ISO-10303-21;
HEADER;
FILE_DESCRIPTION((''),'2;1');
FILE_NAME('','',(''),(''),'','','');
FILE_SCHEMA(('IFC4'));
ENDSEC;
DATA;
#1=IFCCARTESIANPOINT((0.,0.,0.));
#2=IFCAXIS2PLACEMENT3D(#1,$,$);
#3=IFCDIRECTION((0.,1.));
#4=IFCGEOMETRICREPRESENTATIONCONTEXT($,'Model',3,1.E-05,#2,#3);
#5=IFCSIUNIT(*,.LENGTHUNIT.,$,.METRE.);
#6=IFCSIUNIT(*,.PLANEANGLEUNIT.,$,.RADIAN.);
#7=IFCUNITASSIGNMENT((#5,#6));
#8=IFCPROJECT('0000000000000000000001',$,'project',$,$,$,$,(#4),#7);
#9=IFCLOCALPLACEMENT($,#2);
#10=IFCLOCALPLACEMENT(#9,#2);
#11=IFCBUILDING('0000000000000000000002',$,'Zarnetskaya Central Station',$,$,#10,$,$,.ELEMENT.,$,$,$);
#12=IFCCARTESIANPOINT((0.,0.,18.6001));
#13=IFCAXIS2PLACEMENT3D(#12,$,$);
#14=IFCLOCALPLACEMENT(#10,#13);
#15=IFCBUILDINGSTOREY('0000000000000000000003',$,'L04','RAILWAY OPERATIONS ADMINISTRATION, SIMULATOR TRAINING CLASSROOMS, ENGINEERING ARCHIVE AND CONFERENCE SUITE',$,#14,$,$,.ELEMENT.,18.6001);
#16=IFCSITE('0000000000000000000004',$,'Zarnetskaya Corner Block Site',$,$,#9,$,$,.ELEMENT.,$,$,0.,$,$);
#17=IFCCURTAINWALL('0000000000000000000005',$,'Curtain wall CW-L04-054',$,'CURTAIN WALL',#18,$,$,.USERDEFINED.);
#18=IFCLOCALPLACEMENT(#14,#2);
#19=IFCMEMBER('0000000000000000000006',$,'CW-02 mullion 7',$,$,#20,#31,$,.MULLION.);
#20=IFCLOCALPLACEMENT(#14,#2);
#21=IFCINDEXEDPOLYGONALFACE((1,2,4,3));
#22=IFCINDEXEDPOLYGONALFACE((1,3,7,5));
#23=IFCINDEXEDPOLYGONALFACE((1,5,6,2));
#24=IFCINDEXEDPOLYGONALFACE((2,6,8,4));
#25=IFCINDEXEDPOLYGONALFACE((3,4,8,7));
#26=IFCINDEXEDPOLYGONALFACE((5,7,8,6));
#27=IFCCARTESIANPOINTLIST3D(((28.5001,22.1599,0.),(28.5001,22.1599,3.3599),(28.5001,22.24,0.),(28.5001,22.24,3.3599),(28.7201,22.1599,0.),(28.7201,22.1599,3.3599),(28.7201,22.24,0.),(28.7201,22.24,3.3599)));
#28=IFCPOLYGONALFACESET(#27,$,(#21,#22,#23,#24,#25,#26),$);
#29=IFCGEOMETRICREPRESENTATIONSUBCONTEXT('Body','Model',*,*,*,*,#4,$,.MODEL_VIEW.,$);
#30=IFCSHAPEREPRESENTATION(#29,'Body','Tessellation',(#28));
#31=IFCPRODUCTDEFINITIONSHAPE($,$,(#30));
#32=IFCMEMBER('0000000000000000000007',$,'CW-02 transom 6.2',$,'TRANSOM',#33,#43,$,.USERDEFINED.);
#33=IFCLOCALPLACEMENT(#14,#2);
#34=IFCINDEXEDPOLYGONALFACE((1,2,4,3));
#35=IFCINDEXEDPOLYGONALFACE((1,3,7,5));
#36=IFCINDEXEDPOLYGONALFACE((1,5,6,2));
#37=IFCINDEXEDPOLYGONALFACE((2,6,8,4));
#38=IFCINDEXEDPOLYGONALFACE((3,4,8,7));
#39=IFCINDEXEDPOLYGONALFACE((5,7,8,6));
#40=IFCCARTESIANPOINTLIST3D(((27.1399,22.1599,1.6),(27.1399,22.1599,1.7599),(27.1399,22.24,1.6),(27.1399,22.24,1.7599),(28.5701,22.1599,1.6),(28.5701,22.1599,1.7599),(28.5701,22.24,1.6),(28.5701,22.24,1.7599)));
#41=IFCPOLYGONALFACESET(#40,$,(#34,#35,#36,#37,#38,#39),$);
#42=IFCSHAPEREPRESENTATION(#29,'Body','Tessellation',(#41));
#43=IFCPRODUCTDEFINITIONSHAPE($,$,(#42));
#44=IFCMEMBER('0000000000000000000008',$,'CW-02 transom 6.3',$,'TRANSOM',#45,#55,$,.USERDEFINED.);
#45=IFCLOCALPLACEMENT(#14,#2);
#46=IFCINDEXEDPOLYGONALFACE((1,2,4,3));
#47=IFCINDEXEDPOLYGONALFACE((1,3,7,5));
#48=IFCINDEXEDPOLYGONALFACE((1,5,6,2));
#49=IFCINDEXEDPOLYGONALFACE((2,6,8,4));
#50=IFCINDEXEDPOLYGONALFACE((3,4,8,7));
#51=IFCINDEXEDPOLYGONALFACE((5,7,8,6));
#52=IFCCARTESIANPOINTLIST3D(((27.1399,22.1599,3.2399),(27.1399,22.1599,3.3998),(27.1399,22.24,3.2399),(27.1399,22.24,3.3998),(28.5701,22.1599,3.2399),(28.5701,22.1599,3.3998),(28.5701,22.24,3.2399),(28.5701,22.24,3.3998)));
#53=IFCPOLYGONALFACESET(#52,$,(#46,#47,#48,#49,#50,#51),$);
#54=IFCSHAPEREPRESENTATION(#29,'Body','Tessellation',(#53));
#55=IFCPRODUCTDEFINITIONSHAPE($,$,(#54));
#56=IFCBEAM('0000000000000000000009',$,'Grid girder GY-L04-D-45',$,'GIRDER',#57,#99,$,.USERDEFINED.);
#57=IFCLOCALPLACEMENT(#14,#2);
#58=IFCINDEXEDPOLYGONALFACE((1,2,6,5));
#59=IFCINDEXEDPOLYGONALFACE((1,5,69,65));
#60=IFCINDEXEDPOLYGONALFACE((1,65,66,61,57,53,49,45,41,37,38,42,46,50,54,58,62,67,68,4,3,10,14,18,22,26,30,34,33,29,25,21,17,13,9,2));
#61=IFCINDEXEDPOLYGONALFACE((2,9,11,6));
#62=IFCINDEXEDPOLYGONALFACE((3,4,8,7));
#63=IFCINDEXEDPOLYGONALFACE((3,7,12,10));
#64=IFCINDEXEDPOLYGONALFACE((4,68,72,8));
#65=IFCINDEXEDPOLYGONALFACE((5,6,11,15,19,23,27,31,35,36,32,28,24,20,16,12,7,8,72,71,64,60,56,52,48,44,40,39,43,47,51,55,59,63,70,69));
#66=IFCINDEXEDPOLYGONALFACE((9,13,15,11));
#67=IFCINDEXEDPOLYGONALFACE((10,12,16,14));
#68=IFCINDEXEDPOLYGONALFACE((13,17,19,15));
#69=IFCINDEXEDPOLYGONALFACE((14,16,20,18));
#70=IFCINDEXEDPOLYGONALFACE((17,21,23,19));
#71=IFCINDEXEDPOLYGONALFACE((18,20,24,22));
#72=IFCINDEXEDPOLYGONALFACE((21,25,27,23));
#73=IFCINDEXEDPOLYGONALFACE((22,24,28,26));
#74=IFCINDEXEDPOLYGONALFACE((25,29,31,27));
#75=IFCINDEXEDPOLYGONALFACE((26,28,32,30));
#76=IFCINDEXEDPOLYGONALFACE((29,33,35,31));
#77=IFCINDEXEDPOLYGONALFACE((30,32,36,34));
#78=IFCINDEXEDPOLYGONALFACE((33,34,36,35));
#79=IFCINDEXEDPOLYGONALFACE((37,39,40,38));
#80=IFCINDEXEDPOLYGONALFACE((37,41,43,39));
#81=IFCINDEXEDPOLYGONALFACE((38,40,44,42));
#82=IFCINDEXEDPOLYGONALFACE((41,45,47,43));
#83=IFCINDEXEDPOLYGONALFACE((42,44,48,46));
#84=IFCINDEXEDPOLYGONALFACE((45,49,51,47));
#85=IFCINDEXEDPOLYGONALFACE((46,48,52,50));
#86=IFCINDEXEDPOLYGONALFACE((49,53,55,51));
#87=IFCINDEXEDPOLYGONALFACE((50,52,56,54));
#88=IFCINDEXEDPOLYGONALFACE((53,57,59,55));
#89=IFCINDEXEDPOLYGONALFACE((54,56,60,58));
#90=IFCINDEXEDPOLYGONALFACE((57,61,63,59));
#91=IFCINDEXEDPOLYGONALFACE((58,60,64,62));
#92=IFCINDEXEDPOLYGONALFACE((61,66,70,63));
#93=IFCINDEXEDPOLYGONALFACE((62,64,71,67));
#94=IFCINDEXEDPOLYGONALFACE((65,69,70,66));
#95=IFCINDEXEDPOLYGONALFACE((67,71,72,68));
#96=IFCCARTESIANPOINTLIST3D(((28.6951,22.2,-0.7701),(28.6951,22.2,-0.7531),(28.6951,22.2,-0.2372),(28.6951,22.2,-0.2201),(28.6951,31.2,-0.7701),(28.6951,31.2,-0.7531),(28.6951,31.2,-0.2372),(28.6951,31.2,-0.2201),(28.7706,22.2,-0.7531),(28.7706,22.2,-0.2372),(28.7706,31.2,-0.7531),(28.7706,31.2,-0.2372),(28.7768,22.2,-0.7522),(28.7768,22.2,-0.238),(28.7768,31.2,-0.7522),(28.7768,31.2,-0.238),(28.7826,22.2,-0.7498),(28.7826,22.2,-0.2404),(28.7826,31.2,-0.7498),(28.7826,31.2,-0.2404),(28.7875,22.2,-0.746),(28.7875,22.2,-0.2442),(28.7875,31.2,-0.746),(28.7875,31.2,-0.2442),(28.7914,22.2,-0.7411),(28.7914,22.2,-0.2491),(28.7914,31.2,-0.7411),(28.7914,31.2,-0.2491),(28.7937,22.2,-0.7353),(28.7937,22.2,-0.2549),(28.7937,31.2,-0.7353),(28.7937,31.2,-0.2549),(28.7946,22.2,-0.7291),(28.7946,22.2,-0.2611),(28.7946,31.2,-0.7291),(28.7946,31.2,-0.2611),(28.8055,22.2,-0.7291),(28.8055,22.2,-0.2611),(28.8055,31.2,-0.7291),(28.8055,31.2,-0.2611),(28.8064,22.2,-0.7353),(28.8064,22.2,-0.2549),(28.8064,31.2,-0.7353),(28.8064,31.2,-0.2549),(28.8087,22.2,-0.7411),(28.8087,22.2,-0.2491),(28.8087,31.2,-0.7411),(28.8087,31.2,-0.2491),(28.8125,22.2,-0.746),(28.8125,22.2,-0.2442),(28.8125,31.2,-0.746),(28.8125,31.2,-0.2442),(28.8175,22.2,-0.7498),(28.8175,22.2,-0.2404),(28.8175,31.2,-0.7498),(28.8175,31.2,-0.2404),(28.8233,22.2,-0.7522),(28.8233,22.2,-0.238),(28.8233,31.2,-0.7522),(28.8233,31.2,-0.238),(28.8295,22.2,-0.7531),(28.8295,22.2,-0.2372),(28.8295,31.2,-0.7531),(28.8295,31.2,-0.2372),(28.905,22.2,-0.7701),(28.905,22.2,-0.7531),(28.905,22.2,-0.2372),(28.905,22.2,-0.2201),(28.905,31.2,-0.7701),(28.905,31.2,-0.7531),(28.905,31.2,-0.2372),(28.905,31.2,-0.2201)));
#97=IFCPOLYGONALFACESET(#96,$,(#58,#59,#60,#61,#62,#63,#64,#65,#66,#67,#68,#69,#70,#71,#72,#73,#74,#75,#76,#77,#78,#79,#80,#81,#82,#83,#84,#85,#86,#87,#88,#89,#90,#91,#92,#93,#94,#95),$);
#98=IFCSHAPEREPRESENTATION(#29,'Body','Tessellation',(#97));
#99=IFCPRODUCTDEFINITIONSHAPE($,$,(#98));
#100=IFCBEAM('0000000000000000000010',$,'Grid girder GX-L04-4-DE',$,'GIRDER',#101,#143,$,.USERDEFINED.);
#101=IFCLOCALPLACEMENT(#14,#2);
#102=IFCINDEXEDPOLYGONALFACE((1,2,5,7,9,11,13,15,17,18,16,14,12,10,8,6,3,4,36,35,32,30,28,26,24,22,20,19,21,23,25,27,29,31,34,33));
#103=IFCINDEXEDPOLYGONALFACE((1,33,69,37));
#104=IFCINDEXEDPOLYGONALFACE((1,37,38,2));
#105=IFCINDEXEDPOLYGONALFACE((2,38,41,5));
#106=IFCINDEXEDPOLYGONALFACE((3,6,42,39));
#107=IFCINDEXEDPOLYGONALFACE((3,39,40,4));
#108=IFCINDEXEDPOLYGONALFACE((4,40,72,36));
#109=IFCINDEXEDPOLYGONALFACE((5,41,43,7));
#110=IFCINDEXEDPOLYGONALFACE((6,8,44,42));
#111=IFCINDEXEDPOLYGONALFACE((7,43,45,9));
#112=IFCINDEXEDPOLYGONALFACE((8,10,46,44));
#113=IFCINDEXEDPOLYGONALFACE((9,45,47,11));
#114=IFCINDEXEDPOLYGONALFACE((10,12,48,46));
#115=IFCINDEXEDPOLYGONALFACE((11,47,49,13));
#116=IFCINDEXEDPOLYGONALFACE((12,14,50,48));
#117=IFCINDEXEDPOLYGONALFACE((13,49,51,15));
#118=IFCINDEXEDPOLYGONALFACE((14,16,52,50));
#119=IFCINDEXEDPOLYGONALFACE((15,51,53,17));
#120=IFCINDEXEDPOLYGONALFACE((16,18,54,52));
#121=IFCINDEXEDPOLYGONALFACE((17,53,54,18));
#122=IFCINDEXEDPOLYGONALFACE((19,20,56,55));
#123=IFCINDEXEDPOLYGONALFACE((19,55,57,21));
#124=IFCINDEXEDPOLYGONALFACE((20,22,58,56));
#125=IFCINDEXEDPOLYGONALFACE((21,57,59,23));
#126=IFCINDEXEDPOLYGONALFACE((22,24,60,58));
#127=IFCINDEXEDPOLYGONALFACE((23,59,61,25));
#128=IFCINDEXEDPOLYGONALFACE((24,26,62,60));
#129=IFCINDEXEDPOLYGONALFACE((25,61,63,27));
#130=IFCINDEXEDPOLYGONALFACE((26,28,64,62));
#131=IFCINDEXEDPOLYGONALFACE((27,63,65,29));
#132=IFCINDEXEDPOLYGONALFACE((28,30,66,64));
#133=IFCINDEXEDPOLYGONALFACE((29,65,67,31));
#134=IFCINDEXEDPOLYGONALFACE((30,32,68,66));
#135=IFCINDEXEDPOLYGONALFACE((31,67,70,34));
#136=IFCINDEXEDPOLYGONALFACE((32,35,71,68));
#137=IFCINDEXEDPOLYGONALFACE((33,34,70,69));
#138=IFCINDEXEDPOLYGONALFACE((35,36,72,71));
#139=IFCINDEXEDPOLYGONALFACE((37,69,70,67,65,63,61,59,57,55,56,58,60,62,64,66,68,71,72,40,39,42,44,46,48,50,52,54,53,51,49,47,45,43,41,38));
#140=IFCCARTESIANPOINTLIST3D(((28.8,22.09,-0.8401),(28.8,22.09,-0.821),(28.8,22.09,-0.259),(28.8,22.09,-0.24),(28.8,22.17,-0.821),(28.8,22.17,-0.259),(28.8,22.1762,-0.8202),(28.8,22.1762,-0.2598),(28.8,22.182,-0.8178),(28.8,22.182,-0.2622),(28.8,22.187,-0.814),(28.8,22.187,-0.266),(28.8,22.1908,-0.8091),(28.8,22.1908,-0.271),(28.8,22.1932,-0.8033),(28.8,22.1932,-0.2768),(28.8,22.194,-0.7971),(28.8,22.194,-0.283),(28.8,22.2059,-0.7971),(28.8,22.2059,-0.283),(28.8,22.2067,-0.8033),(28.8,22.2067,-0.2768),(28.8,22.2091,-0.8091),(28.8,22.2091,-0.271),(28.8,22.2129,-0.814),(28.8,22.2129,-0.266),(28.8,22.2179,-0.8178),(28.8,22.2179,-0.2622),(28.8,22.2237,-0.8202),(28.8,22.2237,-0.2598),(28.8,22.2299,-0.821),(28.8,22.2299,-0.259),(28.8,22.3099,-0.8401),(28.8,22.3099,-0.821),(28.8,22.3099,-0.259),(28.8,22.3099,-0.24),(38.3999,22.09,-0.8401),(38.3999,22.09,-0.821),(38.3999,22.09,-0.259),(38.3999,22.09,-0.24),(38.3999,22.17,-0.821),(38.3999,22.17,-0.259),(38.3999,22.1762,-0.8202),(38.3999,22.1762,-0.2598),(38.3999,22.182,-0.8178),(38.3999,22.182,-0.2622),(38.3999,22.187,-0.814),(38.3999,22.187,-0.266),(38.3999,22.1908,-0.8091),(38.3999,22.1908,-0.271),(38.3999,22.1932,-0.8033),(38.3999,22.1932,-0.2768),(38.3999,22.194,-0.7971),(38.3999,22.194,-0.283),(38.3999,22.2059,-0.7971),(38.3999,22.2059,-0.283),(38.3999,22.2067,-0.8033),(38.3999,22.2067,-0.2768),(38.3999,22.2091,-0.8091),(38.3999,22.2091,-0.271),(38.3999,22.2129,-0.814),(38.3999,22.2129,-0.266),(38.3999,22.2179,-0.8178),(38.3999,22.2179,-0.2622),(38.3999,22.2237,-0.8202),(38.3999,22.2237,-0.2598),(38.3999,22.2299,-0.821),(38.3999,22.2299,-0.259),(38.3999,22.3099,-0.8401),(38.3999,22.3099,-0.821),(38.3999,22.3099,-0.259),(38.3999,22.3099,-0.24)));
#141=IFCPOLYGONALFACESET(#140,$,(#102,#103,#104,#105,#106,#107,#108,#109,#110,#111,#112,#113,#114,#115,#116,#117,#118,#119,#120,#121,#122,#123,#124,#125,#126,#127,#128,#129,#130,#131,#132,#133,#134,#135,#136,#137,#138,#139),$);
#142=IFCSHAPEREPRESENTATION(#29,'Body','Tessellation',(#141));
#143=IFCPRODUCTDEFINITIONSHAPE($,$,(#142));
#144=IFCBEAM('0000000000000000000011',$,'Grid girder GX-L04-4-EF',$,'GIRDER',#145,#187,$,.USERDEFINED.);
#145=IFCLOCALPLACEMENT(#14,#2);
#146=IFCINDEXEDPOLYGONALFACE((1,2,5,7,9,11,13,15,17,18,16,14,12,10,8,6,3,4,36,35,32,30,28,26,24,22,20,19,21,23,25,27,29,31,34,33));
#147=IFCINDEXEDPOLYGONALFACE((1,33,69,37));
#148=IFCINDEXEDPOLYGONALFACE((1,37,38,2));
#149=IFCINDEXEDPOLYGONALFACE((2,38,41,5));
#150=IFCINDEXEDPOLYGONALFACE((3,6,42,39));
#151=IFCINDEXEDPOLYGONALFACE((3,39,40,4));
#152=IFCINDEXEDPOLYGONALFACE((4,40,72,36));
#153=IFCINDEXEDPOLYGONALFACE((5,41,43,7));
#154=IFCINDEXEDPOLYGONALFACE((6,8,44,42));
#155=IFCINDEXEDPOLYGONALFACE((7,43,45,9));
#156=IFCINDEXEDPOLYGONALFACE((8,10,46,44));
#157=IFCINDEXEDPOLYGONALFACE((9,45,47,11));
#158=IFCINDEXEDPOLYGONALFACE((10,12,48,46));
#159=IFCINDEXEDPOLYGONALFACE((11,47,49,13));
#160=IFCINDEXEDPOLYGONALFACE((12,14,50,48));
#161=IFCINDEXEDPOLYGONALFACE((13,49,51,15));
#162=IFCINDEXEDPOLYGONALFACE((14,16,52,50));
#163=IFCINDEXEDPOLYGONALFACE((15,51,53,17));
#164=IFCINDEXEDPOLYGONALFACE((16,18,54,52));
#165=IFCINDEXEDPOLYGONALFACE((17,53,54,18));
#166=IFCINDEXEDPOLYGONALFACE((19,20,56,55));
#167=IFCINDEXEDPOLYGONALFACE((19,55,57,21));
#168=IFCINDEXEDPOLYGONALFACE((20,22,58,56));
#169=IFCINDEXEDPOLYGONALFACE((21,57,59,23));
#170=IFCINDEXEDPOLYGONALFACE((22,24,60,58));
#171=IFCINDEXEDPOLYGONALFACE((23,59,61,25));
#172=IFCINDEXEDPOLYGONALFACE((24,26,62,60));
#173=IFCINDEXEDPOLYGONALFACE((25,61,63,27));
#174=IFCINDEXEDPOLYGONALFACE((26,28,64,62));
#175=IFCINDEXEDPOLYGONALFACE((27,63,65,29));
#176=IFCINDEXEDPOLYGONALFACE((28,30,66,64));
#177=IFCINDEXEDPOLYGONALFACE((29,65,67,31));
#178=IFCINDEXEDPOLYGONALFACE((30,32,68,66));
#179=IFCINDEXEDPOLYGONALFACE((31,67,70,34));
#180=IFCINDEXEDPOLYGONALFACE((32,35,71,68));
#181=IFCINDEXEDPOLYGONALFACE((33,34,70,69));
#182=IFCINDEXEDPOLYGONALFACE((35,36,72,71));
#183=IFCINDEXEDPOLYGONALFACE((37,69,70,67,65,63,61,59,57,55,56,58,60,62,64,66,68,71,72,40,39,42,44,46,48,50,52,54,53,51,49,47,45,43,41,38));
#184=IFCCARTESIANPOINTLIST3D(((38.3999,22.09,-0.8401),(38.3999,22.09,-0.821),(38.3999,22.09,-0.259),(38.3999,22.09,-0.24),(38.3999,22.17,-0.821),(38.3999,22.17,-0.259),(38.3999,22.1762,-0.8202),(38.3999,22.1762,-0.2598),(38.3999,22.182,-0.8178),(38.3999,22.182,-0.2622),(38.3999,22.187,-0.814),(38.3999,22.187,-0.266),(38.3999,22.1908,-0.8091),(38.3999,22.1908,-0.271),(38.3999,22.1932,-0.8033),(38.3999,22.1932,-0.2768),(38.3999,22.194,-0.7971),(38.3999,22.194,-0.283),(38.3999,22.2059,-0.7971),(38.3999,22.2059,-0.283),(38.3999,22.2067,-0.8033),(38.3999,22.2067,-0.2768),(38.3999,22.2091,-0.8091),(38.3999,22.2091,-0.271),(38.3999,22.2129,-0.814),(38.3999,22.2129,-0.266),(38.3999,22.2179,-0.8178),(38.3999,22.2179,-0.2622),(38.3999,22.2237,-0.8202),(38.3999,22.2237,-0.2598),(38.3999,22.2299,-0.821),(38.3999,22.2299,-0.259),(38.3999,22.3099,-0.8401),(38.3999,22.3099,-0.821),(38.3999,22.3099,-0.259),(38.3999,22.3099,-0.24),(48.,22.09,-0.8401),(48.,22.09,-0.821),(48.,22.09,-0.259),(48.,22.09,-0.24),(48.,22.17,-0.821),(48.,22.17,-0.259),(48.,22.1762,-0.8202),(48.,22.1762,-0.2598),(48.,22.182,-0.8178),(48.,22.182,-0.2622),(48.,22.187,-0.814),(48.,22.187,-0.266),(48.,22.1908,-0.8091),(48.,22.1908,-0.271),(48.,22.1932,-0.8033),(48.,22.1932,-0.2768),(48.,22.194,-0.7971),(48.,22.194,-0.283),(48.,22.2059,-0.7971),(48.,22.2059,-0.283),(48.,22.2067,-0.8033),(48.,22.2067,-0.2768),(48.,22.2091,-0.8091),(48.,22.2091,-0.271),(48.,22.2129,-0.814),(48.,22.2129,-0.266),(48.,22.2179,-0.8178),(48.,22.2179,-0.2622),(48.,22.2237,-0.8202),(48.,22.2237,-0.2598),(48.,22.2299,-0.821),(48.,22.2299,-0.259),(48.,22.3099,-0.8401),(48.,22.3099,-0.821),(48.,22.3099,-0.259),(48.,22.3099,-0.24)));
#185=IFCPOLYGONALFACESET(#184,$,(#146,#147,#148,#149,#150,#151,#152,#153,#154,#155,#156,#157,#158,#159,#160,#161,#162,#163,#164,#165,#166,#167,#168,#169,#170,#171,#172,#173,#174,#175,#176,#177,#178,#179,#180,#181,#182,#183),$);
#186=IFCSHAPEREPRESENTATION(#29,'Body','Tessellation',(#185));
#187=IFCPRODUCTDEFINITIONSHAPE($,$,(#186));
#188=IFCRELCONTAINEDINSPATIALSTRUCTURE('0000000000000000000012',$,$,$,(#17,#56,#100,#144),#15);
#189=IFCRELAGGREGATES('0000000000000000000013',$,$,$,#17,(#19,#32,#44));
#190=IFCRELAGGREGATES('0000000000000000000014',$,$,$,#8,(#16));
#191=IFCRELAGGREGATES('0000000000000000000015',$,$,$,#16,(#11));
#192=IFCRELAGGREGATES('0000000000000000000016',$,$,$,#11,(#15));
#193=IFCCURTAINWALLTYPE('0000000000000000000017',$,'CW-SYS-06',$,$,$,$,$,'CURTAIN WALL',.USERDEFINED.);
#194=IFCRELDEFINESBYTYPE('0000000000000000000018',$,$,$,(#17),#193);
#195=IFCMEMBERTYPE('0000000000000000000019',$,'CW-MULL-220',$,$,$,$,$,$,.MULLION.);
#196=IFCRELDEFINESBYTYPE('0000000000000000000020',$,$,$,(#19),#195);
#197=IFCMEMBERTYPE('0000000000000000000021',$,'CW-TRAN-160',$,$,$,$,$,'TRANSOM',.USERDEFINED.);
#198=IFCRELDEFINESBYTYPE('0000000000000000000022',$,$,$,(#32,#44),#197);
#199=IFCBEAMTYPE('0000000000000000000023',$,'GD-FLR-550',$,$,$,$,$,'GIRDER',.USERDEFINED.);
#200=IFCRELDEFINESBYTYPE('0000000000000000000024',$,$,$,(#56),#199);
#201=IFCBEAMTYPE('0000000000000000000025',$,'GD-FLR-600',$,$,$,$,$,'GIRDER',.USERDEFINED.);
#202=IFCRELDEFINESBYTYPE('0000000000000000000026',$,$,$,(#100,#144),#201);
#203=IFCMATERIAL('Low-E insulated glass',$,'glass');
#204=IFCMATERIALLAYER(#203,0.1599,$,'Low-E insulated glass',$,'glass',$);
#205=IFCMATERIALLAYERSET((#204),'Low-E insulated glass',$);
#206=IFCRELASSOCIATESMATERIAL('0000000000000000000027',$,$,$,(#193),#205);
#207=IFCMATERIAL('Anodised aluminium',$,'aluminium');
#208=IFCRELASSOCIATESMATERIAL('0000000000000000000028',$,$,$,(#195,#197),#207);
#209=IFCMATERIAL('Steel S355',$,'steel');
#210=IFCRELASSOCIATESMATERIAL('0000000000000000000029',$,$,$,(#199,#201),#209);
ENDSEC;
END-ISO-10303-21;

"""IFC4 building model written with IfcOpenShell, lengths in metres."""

from ifc_helpers import new_model, si_unit, direction, frame, origin, origin_2d, place, context, subcontext, project, spatial, rectangle, i_section, extrude, material, layer, layer_set, material_profile, profile_set, type_object, element, aggregate, save


model = new_model("IFC4")

# Units and contexts
model_context = context("Model", 3, precision=1e-05, world=origin(), true_north=direction((0.0, 1.0)))
body_context = subcontext(model_context, "Body", "Model", "MODEL_VIEW")
ifc_project = project(units=[si_unit("LENGTHUNIT", "METRE"), si_unit("PLANEANGLEUNIT", "RADIAN")], contexts=[model_context])

# Site, building, storey
site_placement = place(None, origin())
site = spatial("IfcSite", under=ifc_project, at=site_placement, Name="Zarnetskaya Corner Block Site", CompositionType="ELEMENT", RefElevation=0.0)
building_placement = place(site_placement, origin())
building = spatial("IfcBuilding", under=site, at=building_placement, Name="Zarnetskaya Central Station", CompositionType="ELEMENT")
storey_placement = place(building_placement, frame((0.0, 0.0, 18.6001)))
storey = spatial("IfcBuildingStorey", under=building, at=storey_placement, Name="L04", Description="RAILWAY OPERATIONS ADMINISTRATION, SIMULATOR TRAINING CLASSROOMS, ENGINEERING ARCHIVE AND CONFERENCE SUITE", CompositionType="ELEMENT", Elevation=18.6001)

# Shared definitions
ifc_material_1 = material(Name="Steel S355", Category="steel")

# Curtain wall, members
ifc_material_2 = material(Name="Low-E insulated glass", Category="glass")
ifc_layer_1 = layer(ifc_material_2, 0.1599, Name="Low-E insulated glass", Category="glass")
ifc_layer_set_1 = layer_set([ifc_layer_1], Name="Low-E insulated glass")
curtain_wall_type = type_object("IfcCurtainWallType", Name="CW-SYS-06", ElementType="CURTAIN WALL", PredefinedType="USERDEFINED", material=ifc_layer_set_1)
curtain_wall_placement = place(storey_placement, origin())
curtain_wall = element("IfcCurtainWall", 1, at=curtain_wall_placement, inside=storey, type_object=curtain_wall_type, Name="Curtain wall CW-L04-054", ObjectType="CURTAIN WALL", PredefinedType="USERDEFINED")
ifc_material_3 = material(Name="Anodised aluminium", Category="aluminium")
ifc_material_profile_1 = material_profile(ifc_material_3, rectangle(XDim=0.0801, YDim=0.22, at=origin_2d()), Name="ALU MULL 80x220")
ifc_profile_set_1 = profile_set([ifc_material_profile_1], Name="Anodised aluminium")
member_type_1 = type_object("IfcMemberType", Name="CW-MULL-220", PredefinedType="MULLION", material=ifc_profile_set_1)
member_1_placement = place(storey_placement, frame((28.6101, 22.2, 0.0), z_axis=(0.0, 0.0, 1.0), x_axis=(0.0, 1.0, 0.0)))
member_1 = element("IfcMember", 2, at=member_1_placement, type_object=member_type_1, Name="CW-02 mullion 7", PredefinedType="MULLION", context=body_context, shape_type="SweptSolid", body=[
    extrude(rectangle(XDim=0.0801, YDim=0.22, at=origin_2d()), origin(), (0.0, 0.0, 1.0), 3.3599),
])
ifc_material_profile_2 = material_profile(ifc_material_3, rectangle(XDim=0.0801, YDim=0.1599, at=origin_2d()), Name="ALU TRAN 80x160")
ifc_profile_set_2 = profile_set([ifc_material_profile_2], Name="Anodised aluminium")
member_type_2 = type_object("IfcMemberType", Name="CW-TRAN-160", ElementType="TRANSOM", PredefinedType="USERDEFINED", material=ifc_profile_set_2)
member_2_placement = place(storey_placement, frame((27.1399, 22.2, 1.6799), z_axis=(1.0, 0.0, 0.0), x_axis=(0.0, 1.0, 0.0)))
member_2 = element("IfcMember", 3, at=member_2_placement, type_object=member_type_2, Name="CW-02 transom 6.2", ObjectType="TRANSOM", PredefinedType="USERDEFINED", context=body_context, shape_type="SweptSolid", body=[
    extrude(rectangle(XDim=0.0801, YDim=0.1599, at=origin_2d()), origin(), (0.0, 0.0, 1.0), 1.4302),
])
member_3_placement = place(storey_placement, frame((27.1399, 22.2, 3.3198), z_axis=(1.0, 0.0, 0.0), x_axis=(0.0, 1.0, 0.0)))
member_3 = element("IfcMember", 4, at=member_3_placement, type_object=member_type_2, Name="CW-02 transom 6.3", ObjectType="TRANSOM", PredefinedType="USERDEFINED", context=body_context, shape_type="SweptSolid", body=[
    extrude(rectangle(XDim=0.0801, YDim=0.1599, at=origin_2d()), origin(), (0.0, 0.0, 1.0), 1.4302),
])

# Beams
ifc_material_profile_3 = material_profile(ifc_material_1, i_section(OverallWidth=0.21, OverallDepth=0.55, WebThickness=0.011, FlangeThickness=0.0171, FilletRadius=0.0239, at=origin_2d()), Name="IPE 550")
ifc_profile_set_3 = profile_set([ifc_material_profile_3], Name="Steel S355")
beam_type_1 = type_object("IfcBeamType", Name="GD-FLR-550", ElementType="GIRDER", PredefinedType="USERDEFINED", material=ifc_profile_set_3)
beam_1_placement = place(storey_placement, frame((28.8, 22.2, -0.4951), z_axis=(0.0, 1.0, 0.0), x_axis=(-1.0, 0.0, 0.0)))
element("IfcBeam", 5, at=beam_1_placement, inside=storey, type_object=beam_type_1, Name="Grid girder GY-L04-D-45", ObjectType="GIRDER", PredefinedType="USERDEFINED", context=body_context, shape_type="SweptSolid", body=[
    extrude(i_section(OverallWidth=0.21, OverallDepth=0.55, WebThickness=0.011, FlangeThickness=0.0171, FilletRadius=0.0239, at=origin_2d()), origin(), (0.0, 0.0, 1.0), 9.0),
])
ifc_material_profile_4 = material_profile(ifc_material_1, i_section(OverallWidth=0.22, OverallDepth=0.6001, WebThickness=0.012, FlangeThickness=0.019, FilletRadius=0.0239, at=origin_2d()), Name="IPE 600")
ifc_profile_set_4 = profile_set([ifc_material_profile_4], Name="Steel S355")
beam_type_2 = type_object("IfcBeamType", Name="GD-FLR-600", ElementType="GIRDER", PredefinedType="USERDEFINED", material=ifc_profile_set_4)
beam_2_placement = place(storey_placement, frame((28.8, 22.2, -0.54), z_axis=(1.0, 0.0, 0.0), x_axis=(0.0, 1.0, 0.0)))
element("IfcBeam", 6, at=beam_2_placement, inside=storey, type_object=beam_type_2, Name="Grid girder GX-L04-4-DE", ObjectType="GIRDER", PredefinedType="USERDEFINED", context=body_context, shape_type="SweptSolid", body=[
    extrude(i_section(OverallWidth=0.22, OverallDepth=0.6001, WebThickness=0.012, FlangeThickness=0.019, FilletRadius=0.0239, at=origin_2d()), origin(), (0.0, 0.0, 1.0), 9.5999),
])
beam_3_placement = place(storey_placement, frame((38.3999, 22.2, -0.54), z_axis=(1.0, 0.0, 0.0), x_axis=(0.0, 1.0, 0.0)))
element("IfcBeam", 7, at=beam_3_placement, inside=storey, type_object=beam_type_2, Name="Grid girder GX-L04-4-EF", ObjectType="GIRDER", PredefinedType="USERDEFINED", context=body_context, shape_type="SweptSolid", body=[
    extrude(i_section(OverallWidth=0.22, OverallDepth=0.6001, WebThickness=0.012, FlangeThickness=0.019, FilletRadius=0.0239, at=origin_2d()), origin(), (0.0, 0.0, 1.0), 9.6001),
])

aggregate(curtain_wall, [member_1, member_2, member_3])

save(model, "model.ifc")
